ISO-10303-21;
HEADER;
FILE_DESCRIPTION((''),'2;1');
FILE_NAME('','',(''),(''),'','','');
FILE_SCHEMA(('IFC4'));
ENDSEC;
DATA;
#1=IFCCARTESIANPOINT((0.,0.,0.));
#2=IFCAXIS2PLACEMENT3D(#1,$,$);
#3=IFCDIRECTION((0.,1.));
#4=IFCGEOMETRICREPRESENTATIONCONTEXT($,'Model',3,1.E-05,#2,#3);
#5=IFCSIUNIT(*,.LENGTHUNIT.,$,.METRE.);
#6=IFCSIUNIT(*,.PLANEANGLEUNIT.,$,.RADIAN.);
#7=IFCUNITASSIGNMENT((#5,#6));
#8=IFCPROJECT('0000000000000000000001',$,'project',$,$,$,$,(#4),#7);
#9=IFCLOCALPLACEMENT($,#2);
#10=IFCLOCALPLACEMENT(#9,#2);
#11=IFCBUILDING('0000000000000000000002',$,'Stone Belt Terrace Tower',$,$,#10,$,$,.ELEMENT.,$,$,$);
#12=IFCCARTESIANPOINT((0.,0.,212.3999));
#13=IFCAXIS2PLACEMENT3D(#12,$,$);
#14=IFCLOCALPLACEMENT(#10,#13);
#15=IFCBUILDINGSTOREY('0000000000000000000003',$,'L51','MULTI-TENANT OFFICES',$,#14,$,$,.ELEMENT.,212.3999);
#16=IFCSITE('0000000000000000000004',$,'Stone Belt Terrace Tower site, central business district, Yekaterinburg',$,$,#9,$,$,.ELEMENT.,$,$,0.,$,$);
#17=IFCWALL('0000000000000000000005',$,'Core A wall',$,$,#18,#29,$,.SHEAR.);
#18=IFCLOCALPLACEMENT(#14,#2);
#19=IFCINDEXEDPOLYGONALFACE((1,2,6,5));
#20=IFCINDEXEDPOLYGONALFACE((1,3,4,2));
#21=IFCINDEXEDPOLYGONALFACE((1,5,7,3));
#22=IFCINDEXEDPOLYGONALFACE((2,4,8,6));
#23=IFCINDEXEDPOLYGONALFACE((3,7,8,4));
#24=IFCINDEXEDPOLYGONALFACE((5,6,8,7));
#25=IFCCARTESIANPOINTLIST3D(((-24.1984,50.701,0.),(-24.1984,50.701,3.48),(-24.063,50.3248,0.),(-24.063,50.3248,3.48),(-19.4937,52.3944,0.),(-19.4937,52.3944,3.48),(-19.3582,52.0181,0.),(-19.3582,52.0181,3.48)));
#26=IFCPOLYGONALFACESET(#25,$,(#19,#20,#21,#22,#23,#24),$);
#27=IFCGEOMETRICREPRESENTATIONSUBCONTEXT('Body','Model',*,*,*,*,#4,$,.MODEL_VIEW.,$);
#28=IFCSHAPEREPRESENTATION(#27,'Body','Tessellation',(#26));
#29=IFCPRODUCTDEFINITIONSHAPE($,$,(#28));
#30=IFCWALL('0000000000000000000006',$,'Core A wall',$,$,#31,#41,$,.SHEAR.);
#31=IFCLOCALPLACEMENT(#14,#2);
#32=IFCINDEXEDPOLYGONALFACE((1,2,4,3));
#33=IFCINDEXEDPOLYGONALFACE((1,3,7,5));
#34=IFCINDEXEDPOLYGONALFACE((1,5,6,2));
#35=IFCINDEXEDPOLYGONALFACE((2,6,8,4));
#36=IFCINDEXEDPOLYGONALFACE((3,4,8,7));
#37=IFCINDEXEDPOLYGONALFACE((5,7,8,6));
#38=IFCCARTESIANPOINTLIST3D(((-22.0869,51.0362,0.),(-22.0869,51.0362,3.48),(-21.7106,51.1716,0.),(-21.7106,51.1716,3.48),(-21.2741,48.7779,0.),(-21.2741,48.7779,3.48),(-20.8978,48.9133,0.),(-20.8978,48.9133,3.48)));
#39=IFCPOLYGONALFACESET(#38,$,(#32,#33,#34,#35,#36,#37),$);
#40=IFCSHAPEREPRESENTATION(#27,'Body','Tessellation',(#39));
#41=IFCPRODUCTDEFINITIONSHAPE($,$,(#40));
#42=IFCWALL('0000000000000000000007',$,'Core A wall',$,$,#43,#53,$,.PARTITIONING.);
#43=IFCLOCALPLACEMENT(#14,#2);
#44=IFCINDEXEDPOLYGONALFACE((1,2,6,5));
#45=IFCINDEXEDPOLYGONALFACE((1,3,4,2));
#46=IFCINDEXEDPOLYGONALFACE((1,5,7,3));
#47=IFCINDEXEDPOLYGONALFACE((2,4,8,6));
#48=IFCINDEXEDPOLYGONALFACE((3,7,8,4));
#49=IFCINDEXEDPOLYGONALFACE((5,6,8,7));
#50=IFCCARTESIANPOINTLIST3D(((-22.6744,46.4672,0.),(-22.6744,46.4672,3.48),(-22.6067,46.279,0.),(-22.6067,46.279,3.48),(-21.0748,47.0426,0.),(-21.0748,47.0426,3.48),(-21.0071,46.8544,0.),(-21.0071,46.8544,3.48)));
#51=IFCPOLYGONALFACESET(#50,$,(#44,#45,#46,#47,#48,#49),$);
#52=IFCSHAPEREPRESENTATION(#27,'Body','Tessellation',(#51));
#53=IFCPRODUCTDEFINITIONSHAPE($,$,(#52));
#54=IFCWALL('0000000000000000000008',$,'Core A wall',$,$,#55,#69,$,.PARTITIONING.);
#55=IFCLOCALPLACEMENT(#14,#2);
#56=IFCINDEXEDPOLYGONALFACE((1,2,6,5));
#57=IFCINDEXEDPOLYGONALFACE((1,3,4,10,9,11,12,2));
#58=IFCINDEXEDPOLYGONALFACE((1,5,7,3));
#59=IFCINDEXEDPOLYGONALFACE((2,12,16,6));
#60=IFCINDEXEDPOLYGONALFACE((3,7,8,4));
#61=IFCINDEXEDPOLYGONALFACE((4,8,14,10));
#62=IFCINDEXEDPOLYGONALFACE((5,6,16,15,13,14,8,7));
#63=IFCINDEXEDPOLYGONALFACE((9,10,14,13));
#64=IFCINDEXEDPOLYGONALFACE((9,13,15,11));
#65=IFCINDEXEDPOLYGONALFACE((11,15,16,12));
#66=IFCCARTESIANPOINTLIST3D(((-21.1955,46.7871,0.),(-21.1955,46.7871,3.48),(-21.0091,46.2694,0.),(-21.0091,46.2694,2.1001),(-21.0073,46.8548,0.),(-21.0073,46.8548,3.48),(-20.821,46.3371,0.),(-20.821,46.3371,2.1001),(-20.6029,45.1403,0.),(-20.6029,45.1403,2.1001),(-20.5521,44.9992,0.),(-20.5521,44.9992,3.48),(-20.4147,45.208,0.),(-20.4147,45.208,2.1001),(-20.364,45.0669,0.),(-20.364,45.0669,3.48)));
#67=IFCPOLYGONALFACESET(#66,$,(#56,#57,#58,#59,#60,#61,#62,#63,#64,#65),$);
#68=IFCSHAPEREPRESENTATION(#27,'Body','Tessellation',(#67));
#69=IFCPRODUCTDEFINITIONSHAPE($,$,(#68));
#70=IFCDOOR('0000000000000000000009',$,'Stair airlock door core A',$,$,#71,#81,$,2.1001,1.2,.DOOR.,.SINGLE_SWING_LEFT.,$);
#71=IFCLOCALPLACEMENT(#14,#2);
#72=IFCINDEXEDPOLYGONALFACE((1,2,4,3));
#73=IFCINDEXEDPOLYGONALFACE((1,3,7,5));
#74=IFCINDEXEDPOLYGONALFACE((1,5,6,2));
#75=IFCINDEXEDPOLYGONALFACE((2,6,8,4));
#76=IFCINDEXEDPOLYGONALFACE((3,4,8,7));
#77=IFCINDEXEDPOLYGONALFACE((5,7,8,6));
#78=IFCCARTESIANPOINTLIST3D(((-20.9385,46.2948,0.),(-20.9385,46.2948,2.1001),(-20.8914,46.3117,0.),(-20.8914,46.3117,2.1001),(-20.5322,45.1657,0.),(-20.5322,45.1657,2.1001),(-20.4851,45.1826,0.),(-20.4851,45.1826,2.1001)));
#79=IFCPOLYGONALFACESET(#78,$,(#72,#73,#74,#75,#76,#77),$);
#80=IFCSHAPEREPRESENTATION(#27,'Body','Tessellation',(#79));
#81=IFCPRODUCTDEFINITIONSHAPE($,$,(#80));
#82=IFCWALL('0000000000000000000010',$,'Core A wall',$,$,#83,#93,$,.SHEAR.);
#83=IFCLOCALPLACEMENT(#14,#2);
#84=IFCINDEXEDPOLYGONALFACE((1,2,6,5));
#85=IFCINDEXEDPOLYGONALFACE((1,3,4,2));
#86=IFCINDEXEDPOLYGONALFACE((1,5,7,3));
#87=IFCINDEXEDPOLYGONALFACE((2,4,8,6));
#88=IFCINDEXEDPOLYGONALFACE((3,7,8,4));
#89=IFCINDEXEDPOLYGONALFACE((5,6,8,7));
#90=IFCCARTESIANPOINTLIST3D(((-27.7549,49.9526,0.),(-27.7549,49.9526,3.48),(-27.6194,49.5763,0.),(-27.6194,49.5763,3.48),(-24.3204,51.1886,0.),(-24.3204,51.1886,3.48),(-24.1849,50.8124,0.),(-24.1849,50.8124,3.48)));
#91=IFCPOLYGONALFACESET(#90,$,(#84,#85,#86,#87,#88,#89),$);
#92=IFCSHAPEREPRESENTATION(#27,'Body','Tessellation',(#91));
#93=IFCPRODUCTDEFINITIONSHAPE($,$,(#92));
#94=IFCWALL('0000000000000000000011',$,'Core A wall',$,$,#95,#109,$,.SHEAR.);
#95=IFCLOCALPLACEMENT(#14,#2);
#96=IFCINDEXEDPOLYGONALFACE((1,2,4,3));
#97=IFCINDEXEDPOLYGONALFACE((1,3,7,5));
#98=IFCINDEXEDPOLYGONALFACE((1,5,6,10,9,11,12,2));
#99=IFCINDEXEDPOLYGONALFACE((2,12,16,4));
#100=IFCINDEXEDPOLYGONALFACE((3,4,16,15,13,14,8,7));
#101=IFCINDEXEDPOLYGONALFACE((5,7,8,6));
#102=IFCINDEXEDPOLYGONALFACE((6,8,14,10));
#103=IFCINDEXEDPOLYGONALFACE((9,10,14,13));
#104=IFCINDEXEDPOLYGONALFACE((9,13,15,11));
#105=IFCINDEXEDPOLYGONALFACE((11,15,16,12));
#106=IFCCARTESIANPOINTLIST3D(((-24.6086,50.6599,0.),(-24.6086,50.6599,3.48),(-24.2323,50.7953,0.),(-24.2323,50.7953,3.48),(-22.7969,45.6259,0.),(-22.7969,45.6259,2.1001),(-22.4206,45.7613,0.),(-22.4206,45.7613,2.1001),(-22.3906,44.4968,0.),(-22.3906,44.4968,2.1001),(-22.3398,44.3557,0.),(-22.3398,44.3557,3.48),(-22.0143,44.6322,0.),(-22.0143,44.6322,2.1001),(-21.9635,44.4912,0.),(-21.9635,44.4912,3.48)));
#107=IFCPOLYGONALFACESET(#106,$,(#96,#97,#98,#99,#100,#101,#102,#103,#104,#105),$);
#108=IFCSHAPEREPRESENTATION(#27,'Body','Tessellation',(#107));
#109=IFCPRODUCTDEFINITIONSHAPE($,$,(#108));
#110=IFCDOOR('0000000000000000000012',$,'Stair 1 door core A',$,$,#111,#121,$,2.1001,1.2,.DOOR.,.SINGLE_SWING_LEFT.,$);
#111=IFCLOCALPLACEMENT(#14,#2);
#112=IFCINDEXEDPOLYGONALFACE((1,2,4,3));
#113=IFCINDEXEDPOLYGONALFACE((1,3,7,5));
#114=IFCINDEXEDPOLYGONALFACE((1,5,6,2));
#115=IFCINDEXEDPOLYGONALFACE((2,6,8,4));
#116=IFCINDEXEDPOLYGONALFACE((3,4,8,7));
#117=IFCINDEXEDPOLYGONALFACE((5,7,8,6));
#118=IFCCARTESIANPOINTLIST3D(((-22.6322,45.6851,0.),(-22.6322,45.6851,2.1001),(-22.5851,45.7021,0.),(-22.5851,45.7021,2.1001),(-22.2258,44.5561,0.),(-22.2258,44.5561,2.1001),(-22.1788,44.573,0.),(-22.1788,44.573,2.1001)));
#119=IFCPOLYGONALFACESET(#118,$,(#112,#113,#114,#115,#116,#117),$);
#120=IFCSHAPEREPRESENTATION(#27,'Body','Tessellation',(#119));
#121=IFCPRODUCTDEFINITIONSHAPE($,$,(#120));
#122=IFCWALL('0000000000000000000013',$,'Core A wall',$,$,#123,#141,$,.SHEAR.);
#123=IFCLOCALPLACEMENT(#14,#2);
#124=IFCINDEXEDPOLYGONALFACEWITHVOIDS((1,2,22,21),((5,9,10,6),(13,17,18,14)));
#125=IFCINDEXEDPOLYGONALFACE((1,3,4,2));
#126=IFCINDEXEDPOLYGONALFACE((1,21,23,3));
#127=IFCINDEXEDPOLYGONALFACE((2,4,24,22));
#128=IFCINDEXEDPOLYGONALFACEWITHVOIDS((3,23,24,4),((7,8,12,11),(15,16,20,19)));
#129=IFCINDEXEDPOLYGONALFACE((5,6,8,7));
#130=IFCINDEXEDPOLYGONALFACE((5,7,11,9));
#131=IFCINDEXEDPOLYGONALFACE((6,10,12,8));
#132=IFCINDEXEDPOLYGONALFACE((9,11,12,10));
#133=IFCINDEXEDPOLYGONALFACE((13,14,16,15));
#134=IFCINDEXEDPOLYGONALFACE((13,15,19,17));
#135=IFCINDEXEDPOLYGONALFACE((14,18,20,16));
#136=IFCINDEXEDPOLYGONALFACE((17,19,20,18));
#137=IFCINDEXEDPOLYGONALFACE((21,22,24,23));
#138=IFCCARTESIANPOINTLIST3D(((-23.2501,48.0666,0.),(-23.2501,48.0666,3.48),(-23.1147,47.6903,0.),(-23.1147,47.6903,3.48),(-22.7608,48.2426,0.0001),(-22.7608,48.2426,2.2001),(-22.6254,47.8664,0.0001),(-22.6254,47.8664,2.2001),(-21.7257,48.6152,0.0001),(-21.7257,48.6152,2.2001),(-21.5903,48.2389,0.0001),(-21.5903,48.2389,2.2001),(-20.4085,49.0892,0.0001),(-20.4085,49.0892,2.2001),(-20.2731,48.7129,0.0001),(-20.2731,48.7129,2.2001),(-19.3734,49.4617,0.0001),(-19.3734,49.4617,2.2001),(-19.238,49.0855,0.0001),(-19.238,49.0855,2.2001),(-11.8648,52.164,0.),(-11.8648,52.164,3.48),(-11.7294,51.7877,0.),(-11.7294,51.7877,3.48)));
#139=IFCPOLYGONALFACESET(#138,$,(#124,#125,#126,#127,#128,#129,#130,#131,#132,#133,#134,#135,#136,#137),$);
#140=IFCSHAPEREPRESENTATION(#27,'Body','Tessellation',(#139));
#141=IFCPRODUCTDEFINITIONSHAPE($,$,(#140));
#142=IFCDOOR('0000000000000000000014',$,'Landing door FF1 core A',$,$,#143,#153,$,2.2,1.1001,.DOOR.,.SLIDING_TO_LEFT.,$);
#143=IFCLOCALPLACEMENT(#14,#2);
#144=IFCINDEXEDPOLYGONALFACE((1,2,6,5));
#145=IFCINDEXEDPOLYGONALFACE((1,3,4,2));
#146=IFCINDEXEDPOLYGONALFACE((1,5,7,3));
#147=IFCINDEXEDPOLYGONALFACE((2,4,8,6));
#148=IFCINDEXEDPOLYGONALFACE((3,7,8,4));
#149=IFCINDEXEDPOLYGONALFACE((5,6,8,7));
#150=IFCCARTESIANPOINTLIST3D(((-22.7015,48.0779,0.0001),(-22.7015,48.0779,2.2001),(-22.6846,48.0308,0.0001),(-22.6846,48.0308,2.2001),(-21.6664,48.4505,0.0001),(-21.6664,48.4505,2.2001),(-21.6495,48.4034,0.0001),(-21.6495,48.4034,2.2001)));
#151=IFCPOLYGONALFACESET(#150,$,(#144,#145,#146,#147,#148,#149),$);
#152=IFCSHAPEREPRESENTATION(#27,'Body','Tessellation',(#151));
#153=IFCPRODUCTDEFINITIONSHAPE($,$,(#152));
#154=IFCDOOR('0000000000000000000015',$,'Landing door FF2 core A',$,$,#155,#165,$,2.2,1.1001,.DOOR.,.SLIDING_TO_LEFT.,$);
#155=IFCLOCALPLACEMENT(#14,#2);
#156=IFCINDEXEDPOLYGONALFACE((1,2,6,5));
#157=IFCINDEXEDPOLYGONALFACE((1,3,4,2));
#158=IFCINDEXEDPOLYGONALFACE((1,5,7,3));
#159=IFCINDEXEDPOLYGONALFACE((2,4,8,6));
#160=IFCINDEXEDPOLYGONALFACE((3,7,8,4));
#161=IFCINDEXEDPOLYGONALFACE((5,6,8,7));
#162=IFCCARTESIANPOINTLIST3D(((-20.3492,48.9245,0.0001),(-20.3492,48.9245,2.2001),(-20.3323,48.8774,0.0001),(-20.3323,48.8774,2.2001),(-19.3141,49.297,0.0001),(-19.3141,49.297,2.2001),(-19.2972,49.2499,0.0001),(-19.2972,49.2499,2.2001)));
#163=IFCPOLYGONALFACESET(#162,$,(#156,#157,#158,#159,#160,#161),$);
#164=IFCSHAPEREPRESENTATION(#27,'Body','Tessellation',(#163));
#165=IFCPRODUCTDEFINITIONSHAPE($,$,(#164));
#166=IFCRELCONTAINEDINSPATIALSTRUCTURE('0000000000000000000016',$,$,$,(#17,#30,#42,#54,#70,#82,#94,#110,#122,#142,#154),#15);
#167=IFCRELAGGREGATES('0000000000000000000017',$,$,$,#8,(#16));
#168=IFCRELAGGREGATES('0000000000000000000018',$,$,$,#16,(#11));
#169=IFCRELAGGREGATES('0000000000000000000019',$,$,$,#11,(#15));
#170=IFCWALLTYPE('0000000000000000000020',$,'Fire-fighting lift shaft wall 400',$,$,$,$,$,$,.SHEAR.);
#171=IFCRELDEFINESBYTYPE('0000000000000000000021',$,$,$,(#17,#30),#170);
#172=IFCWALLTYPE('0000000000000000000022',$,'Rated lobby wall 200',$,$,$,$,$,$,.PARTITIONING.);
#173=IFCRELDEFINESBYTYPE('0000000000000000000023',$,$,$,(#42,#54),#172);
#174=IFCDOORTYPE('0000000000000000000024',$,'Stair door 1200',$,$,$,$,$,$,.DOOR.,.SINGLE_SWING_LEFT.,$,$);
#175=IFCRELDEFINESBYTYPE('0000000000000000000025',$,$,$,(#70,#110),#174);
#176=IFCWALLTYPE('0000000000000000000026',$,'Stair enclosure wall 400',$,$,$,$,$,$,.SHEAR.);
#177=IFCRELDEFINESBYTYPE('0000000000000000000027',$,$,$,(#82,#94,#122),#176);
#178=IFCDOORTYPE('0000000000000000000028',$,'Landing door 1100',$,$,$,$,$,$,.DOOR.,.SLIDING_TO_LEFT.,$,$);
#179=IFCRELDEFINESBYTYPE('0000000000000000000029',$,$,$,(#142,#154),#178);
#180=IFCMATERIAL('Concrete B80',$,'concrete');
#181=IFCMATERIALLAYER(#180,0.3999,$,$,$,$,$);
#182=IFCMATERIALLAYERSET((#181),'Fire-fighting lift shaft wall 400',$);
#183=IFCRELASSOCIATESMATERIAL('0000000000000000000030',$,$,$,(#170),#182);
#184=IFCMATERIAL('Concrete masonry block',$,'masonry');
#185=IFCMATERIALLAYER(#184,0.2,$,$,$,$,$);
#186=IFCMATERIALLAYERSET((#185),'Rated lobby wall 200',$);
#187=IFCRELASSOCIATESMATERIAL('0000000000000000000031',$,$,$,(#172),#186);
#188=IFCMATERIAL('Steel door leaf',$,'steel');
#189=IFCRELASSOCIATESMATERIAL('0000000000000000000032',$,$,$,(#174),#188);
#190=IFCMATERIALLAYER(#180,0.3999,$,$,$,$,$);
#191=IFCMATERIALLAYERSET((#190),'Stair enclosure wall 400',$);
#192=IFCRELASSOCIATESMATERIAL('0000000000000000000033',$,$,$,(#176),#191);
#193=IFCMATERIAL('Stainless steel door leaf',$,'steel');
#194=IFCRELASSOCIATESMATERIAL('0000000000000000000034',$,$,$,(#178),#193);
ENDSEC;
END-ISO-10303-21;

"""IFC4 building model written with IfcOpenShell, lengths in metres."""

from ifc_helpers import new_model, si_unit, direction, frame, frame_2d, origin, place, context, subcontext, project, spatial, rectangle, extrude, material, layer, layer_set, type_object, element, fill, save


model = new_model("IFC4")

# Units and contexts
model_context = context("Model", 3, precision=1e-05, world=origin(), true_north=direction((0.0, 1.0)))
body_context = subcontext(model_context, "Body", "Model", "MODEL_VIEW")
ifc_project = project(units=[si_unit("LENGTHUNIT", "METRE"), si_unit("PLANEANGLEUNIT", "RADIAN")], contexts=[model_context])

# Site, building, storey
site_placement = place(None, origin())
site = spatial("IfcSite", under=ifc_project, at=site_placement, Name="Stone Belt Terrace Tower site, central business district, Yekaterinburg", CompositionType="ELEMENT", RefElevation=0.0)
building_placement = place(site_placement, origin())
building = spatial("IfcBuilding", under=site, at=building_placement, Name="Stone Belt Terrace Tower", CompositionType="ELEMENT")
storey_placement = place(building_placement, frame((0.0, 0.0, 212.3999)))
storey = spatial("IfcBuildingStorey", under=building, at=storey_placement, Name="L51", Description="MULTI-TENANT OFFICES", CompositionType="ELEMENT", Elevation=212.3999)

# Walls
ifc_material_1 = material(Name="Concrete B80", Category="concrete")
ifc_layer_1 = layer(ifc_material_1, 0.3999)
ifc_layer_set_1 = layer_set([ifc_layer_1], Name="Fire-fighting lift shaft wall 400")
wall_type_1 = type_object("IfcWallType", Name="Fire-fighting lift shaft wall 400", PredefinedType="SHEAR", material=ifc_layer_set_1)
wall_1_placement = place(storey_placement, frame((-24.1306, 50.5129, 0.0), z_axis=(0.0, 0.0, 1.0), x_axis=(0.940912, 0.338652, 0.0)))
element("IfcWall", 1, at=wall_1_placement, inside=storey, type_object=wall_type_1, Name="Core A wall", PredefinedType="SHEAR", context=body_context, shape_type="SweptSolid", body=[
    extrude(rectangle(XDim=5.0002, YDim=0.3999, at=frame_2d((2.5, 0.0))), origin(), (0.0, 0.0, 1.0), 3.48),
])
wall_2_placement = place(storey_placement, frame((-21.0859, 48.8455, 0.0), z_axis=(0.0, 0.0, 1.0), x_axis=(-0.338629, 0.94092, 0.0)))
element("IfcWall", 2, at=wall_2_placement, inside=storey, type_object=wall_type_1, Name="Core A wall", PredefinedType="SHEAR", context=body_context, shape_type="SweptSolid", body=[
    extrude(rectangle(XDim=2.4001, YDim=0.3999, at=frame_2d((1.2002, 0.0))), origin(), (0.0, 0.0, 1.0), 3.48),
])
ifc_material_2 = material(Name="Concrete masonry block", Category="masonry")
ifc_layer_2 = layer(ifc_material_2, 0.2)
ifc_layer_set_2 = layer_set([ifc_layer_2], Name="Rated lobby wall 200")
wall_type_2 = type_object("IfcWallType", Name="Rated lobby wall 200", PredefinedType="PARTITIONING", material=ifc_layer_set_2)
wall_3_placement = place(storey_placement, frame((-22.6406, 46.373, 0.0), z_axis=(0.0, 0.0, 1.0), x_axis=(0.940966, 0.338501, 0.0)))
element("IfcWall", 3, at=wall_3_placement, inside=storey, type_object=wall_type_2, Name="Core A wall", PredefinedType="PARTITIONING", context=body_context, shape_type="SweptSolid", body=[
    extrude(rectangle(XDim=1.7, YDim=0.2, at=frame_2d((0.8501, 0.0))), origin(), (0.0, 0.0, 1.0), 3.48),
])

# Wall, opening, door
wall_4_placement = place(storey_placement, frame((-20.458, 45.033, 0.0), z_axis=(0.0, 0.0, 1.0), x_axis=(-0.338574, 0.94094, 0.0)))
wall_4 = element("IfcWall", 4, at=wall_4_placement, inside=storey, type_object=wall_type_2, Name="Core A wall", PredefinedType="PARTITIONING", context=body_context, shape_type="SweptSolid", body=[
    extrude(rectangle(XDim=1.9001, YDim=0.2, at=frame_2d((0.9502, 0.0))), origin(), (0.0, 0.0, 1.0), 3.48),
])
opening_1_placement = place(wall_4_placement, frame((0.1499, 0.0, 0.0)))
opening_1 = element("IfcOpeningElement", 5, at=opening_1_placement, cuts=wall_4, PredefinedType="OPENING", context=body_context, shape_type="SweptSolid", body=[
    extrude(rectangle(XDim=1.2, YDim=2.1001, at=frame_2d((0.6001, 1.05))), frame((0.0, 0.1099, 0.0), z_axis=(0.0, -1.0, 0.0), x_axis=(1.0, 0.0, 0.0)), (0.0, 0.0, 1.0), 0.22),
])
ifc_material_3 = material(Name="Steel door leaf", Category="steel")
door_type_1 = type_object("IfcDoorType", Name="Stair door 1200", OperationType="SINGLE_SWING_LEFT", PredefinedType="DOOR", material=ifc_material_3)
door_1_placement = place(opening_1_placement, origin())
door_1 = element("IfcDoor", 6, at=door_1_placement, inside=storey, type_object=door_type_1, Name="Stair airlock door core A", OperationType="SINGLE_SWING_LEFT", OverallHeight=2.1001, OverallWidth=1.2, PredefinedType="DOOR", context=body_context, shape_type="SweptSolid", body=[
    extrude(rectangle(XDim=1.2, YDim=2.1001, at=frame_2d((0.6001, 1.05))), frame((0.0, 0.0249, 0.0), z_axis=(0.0, -1.0, 0.0), x_axis=(1.0, 0.0, 0.0)), (0.0, 0.0, 1.0), 0.05),
])
fill(opening_1, door_1)

# Wall
ifc_layer_3 = layer(ifc_material_1, 0.3999)
ifc_layer_set_3 = layer_set([ifc_layer_3], Name="Stair enclosure wall 400")
wall_type_3 = type_object("IfcWallType", Name="Stair enclosure wall 400", PredefinedType="SHEAR", material=ifc_layer_set_3)
wall_5_placement = place(storey_placement, frame((-27.6873, 49.7644, 0.0), z_axis=(0.0, 0.0, 1.0), x_axis=(0.940919, 0.338632, 0.0)))
element("IfcWall", 7, at=wall_5_placement, inside=storey, type_object=wall_type_3, Name="Core A wall", PredefinedType="SHEAR", context=body_context, shape_type="SweptSolid", body=[
    extrude(rectangle(XDim=3.6501, YDim=0.3999, at=frame_2d((1.8252, 0.0))), origin(), (0.0, 0.0, 1.0), 3.48),
])

# Wall, opening, door
wall_6_placement = place(storey_placement, frame((-22.1516, 44.4233, 0.0), z_axis=(0.0, 0.0, 1.0), x_axis=(-0.338625, 0.940921, 0.0)))
wall_6 = element("IfcWall", 8, at=wall_6_placement, inside=storey, type_object=wall_type_3, Name="Core A wall", PredefinedType="SHEAR", context=body_context, shape_type="SweptSolid", body=[
    extrude(rectangle(XDim=6.7, YDim=0.3999, at=frame_2d((3.3501, 0.0))), origin(), (0.0, 0.0, 1.0), 3.48),
])
opening_2_placement = place(wall_6_placement, frame((0.1499, 0.0, 0.0)))
opening_2 = element("IfcOpeningElement", 9, at=opening_2_placement, cuts=wall_6, PredefinedType="OPENING", context=body_context, shape_type="SweptSolid", body=[
    extrude(rectangle(XDim=1.2, YDim=2.1001, at=frame_2d((0.6001, 1.05))), frame((0.0, 0.21, 0.0), z_axis=(0.0, -1.0, 0.0), x_axis=(1.0, 0.0, 0.0)), (0.0, 0.0, 1.0), 0.4199),
])
door_2_placement = place(opening_2_placement, origin())
door_2 = element("IfcDoor", 10, at=door_2_placement, inside=storey, type_object=door_type_1, Name="Stair 1 door core A", OperationType="SINGLE_SWING_LEFT", OverallHeight=2.1001, OverallWidth=1.2, PredefinedType="DOOR", context=body_context, shape_type="SweptSolid", body=[
    extrude(rectangle(XDim=1.2, YDim=2.1001, at=frame_2d((0.6001, 1.05))), frame((0.0, 0.0249, 0.0), z_axis=(0.0, -1.0, 0.0), x_axis=(1.0, 0.0, 0.0)), (0.0, 0.0, 1.0), 0.05),
])
fill(opening_2, door_2)

# Wall, openings, doors
wall_7_placement = place(storey_placement, frame((-23.1824, 47.8784, 0.0), z_axis=(0.0, 0.0, 1.0), x_axis=(0.940921, 0.338626, 0.0)))
wall_7 = element("IfcWall", 11, at=wall_7_placement, inside=storey, type_object=wall_type_3, Name="Core A wall", PredefinedType="SHEAR", context=body_context, shape_type="SweptSolid", body=[
    extrude(rectangle(XDim=12.1001, YDim=0.3999, at=frame_2d((6.05, 0.0))), origin(), (0.0, 0.0, 1.0), 3.48),
])
opening_3_placement = place(wall_7_placement, frame((0.52, 0.0, 0.0)))
opening_3 = element("IfcOpeningElement", 12, at=opening_3_placement, cuts=wall_7, PredefinedType="OPENING", context=body_context, shape_type="SweptSolid", body=[
    extrude(rectangle(XDim=1.1001, YDim=2.2, at=frame_2d((0.55, 1.1001))), frame((0.0, 0.21, 0.0), z_axis=(0.0, -1.0, 0.0), x_axis=(1.0, 0.0, 0.0)), (0.0, 0.0, 1.0), 0.4199),
])
opening_4_placement = place(wall_7_placement, frame((3.02, 0.0, 0.0)))
opening_4 = element("IfcOpeningElement", 13, at=opening_4_placement, cuts=wall_7, PredefinedType="OPENING", context=body_context, shape_type="SweptSolid", body=[
    extrude(rectangle(XDim=1.1001, YDim=2.2, at=frame_2d((0.55, 1.1001))), frame((0.0, 0.21, 0.0), z_axis=(0.0, -1.0, 0.0), x_axis=(1.0, 0.0, 0.0)), (0.0, 0.0, 1.0), 0.4199),
])
ifc_material_4 = material(Name="Stainless steel door leaf", Category="steel")
door_type_2 = type_object("IfcDoorType", Name="Landing door 1100", OperationType="SLIDING_TO_LEFT", PredefinedType="DOOR", material=ifc_material_4)
door_3_placement = place(opening_3_placement, origin())
door_3 = element("IfcDoor", 14, at=door_3_placement, inside=storey, type_object=door_type_2, Name="Landing door FF1 core A", OperationType="SLIDING_TO_LEFT", OverallHeight=2.2, OverallWidth=1.1001, PredefinedType="DOOR", context=body_context, shape_type="SweptSolid", body=[
    extrude(rectangle(XDim=1.1001, YDim=2.2, at=frame_2d((0.55, 1.1001))), frame((0.0, 0.0249, 0.0), z_axis=(0.0, -1.0, 0.0), x_axis=(1.0, 0.0, 0.0)), (0.0, 0.0, 1.0), 0.05),
])
fill(opening_3, door_3)
door_4_placement = place(opening_4_placement, origin())
door_4 = element("IfcDoor", 15, at=door_4_placement, inside=storey, type_object=door_type_2, Name="Landing door FF2 core A", OperationType="SLIDING_TO_LEFT", OverallHeight=2.2, OverallWidth=1.1001, PredefinedType="DOOR", context=body_context, shape_type="SweptSolid", body=[
    extrude(rectangle(XDim=1.1001, YDim=2.2, at=frame_2d((0.55, 1.1001))), frame((0.0, 0.0249, 0.0), z_axis=(0.0, -1.0, 0.0), x_axis=(1.0, 0.0, 0.0)), (0.0, 0.0, 1.0), 0.05),
])
fill(opening_4, door_4)

save(model, "model.ifc")
